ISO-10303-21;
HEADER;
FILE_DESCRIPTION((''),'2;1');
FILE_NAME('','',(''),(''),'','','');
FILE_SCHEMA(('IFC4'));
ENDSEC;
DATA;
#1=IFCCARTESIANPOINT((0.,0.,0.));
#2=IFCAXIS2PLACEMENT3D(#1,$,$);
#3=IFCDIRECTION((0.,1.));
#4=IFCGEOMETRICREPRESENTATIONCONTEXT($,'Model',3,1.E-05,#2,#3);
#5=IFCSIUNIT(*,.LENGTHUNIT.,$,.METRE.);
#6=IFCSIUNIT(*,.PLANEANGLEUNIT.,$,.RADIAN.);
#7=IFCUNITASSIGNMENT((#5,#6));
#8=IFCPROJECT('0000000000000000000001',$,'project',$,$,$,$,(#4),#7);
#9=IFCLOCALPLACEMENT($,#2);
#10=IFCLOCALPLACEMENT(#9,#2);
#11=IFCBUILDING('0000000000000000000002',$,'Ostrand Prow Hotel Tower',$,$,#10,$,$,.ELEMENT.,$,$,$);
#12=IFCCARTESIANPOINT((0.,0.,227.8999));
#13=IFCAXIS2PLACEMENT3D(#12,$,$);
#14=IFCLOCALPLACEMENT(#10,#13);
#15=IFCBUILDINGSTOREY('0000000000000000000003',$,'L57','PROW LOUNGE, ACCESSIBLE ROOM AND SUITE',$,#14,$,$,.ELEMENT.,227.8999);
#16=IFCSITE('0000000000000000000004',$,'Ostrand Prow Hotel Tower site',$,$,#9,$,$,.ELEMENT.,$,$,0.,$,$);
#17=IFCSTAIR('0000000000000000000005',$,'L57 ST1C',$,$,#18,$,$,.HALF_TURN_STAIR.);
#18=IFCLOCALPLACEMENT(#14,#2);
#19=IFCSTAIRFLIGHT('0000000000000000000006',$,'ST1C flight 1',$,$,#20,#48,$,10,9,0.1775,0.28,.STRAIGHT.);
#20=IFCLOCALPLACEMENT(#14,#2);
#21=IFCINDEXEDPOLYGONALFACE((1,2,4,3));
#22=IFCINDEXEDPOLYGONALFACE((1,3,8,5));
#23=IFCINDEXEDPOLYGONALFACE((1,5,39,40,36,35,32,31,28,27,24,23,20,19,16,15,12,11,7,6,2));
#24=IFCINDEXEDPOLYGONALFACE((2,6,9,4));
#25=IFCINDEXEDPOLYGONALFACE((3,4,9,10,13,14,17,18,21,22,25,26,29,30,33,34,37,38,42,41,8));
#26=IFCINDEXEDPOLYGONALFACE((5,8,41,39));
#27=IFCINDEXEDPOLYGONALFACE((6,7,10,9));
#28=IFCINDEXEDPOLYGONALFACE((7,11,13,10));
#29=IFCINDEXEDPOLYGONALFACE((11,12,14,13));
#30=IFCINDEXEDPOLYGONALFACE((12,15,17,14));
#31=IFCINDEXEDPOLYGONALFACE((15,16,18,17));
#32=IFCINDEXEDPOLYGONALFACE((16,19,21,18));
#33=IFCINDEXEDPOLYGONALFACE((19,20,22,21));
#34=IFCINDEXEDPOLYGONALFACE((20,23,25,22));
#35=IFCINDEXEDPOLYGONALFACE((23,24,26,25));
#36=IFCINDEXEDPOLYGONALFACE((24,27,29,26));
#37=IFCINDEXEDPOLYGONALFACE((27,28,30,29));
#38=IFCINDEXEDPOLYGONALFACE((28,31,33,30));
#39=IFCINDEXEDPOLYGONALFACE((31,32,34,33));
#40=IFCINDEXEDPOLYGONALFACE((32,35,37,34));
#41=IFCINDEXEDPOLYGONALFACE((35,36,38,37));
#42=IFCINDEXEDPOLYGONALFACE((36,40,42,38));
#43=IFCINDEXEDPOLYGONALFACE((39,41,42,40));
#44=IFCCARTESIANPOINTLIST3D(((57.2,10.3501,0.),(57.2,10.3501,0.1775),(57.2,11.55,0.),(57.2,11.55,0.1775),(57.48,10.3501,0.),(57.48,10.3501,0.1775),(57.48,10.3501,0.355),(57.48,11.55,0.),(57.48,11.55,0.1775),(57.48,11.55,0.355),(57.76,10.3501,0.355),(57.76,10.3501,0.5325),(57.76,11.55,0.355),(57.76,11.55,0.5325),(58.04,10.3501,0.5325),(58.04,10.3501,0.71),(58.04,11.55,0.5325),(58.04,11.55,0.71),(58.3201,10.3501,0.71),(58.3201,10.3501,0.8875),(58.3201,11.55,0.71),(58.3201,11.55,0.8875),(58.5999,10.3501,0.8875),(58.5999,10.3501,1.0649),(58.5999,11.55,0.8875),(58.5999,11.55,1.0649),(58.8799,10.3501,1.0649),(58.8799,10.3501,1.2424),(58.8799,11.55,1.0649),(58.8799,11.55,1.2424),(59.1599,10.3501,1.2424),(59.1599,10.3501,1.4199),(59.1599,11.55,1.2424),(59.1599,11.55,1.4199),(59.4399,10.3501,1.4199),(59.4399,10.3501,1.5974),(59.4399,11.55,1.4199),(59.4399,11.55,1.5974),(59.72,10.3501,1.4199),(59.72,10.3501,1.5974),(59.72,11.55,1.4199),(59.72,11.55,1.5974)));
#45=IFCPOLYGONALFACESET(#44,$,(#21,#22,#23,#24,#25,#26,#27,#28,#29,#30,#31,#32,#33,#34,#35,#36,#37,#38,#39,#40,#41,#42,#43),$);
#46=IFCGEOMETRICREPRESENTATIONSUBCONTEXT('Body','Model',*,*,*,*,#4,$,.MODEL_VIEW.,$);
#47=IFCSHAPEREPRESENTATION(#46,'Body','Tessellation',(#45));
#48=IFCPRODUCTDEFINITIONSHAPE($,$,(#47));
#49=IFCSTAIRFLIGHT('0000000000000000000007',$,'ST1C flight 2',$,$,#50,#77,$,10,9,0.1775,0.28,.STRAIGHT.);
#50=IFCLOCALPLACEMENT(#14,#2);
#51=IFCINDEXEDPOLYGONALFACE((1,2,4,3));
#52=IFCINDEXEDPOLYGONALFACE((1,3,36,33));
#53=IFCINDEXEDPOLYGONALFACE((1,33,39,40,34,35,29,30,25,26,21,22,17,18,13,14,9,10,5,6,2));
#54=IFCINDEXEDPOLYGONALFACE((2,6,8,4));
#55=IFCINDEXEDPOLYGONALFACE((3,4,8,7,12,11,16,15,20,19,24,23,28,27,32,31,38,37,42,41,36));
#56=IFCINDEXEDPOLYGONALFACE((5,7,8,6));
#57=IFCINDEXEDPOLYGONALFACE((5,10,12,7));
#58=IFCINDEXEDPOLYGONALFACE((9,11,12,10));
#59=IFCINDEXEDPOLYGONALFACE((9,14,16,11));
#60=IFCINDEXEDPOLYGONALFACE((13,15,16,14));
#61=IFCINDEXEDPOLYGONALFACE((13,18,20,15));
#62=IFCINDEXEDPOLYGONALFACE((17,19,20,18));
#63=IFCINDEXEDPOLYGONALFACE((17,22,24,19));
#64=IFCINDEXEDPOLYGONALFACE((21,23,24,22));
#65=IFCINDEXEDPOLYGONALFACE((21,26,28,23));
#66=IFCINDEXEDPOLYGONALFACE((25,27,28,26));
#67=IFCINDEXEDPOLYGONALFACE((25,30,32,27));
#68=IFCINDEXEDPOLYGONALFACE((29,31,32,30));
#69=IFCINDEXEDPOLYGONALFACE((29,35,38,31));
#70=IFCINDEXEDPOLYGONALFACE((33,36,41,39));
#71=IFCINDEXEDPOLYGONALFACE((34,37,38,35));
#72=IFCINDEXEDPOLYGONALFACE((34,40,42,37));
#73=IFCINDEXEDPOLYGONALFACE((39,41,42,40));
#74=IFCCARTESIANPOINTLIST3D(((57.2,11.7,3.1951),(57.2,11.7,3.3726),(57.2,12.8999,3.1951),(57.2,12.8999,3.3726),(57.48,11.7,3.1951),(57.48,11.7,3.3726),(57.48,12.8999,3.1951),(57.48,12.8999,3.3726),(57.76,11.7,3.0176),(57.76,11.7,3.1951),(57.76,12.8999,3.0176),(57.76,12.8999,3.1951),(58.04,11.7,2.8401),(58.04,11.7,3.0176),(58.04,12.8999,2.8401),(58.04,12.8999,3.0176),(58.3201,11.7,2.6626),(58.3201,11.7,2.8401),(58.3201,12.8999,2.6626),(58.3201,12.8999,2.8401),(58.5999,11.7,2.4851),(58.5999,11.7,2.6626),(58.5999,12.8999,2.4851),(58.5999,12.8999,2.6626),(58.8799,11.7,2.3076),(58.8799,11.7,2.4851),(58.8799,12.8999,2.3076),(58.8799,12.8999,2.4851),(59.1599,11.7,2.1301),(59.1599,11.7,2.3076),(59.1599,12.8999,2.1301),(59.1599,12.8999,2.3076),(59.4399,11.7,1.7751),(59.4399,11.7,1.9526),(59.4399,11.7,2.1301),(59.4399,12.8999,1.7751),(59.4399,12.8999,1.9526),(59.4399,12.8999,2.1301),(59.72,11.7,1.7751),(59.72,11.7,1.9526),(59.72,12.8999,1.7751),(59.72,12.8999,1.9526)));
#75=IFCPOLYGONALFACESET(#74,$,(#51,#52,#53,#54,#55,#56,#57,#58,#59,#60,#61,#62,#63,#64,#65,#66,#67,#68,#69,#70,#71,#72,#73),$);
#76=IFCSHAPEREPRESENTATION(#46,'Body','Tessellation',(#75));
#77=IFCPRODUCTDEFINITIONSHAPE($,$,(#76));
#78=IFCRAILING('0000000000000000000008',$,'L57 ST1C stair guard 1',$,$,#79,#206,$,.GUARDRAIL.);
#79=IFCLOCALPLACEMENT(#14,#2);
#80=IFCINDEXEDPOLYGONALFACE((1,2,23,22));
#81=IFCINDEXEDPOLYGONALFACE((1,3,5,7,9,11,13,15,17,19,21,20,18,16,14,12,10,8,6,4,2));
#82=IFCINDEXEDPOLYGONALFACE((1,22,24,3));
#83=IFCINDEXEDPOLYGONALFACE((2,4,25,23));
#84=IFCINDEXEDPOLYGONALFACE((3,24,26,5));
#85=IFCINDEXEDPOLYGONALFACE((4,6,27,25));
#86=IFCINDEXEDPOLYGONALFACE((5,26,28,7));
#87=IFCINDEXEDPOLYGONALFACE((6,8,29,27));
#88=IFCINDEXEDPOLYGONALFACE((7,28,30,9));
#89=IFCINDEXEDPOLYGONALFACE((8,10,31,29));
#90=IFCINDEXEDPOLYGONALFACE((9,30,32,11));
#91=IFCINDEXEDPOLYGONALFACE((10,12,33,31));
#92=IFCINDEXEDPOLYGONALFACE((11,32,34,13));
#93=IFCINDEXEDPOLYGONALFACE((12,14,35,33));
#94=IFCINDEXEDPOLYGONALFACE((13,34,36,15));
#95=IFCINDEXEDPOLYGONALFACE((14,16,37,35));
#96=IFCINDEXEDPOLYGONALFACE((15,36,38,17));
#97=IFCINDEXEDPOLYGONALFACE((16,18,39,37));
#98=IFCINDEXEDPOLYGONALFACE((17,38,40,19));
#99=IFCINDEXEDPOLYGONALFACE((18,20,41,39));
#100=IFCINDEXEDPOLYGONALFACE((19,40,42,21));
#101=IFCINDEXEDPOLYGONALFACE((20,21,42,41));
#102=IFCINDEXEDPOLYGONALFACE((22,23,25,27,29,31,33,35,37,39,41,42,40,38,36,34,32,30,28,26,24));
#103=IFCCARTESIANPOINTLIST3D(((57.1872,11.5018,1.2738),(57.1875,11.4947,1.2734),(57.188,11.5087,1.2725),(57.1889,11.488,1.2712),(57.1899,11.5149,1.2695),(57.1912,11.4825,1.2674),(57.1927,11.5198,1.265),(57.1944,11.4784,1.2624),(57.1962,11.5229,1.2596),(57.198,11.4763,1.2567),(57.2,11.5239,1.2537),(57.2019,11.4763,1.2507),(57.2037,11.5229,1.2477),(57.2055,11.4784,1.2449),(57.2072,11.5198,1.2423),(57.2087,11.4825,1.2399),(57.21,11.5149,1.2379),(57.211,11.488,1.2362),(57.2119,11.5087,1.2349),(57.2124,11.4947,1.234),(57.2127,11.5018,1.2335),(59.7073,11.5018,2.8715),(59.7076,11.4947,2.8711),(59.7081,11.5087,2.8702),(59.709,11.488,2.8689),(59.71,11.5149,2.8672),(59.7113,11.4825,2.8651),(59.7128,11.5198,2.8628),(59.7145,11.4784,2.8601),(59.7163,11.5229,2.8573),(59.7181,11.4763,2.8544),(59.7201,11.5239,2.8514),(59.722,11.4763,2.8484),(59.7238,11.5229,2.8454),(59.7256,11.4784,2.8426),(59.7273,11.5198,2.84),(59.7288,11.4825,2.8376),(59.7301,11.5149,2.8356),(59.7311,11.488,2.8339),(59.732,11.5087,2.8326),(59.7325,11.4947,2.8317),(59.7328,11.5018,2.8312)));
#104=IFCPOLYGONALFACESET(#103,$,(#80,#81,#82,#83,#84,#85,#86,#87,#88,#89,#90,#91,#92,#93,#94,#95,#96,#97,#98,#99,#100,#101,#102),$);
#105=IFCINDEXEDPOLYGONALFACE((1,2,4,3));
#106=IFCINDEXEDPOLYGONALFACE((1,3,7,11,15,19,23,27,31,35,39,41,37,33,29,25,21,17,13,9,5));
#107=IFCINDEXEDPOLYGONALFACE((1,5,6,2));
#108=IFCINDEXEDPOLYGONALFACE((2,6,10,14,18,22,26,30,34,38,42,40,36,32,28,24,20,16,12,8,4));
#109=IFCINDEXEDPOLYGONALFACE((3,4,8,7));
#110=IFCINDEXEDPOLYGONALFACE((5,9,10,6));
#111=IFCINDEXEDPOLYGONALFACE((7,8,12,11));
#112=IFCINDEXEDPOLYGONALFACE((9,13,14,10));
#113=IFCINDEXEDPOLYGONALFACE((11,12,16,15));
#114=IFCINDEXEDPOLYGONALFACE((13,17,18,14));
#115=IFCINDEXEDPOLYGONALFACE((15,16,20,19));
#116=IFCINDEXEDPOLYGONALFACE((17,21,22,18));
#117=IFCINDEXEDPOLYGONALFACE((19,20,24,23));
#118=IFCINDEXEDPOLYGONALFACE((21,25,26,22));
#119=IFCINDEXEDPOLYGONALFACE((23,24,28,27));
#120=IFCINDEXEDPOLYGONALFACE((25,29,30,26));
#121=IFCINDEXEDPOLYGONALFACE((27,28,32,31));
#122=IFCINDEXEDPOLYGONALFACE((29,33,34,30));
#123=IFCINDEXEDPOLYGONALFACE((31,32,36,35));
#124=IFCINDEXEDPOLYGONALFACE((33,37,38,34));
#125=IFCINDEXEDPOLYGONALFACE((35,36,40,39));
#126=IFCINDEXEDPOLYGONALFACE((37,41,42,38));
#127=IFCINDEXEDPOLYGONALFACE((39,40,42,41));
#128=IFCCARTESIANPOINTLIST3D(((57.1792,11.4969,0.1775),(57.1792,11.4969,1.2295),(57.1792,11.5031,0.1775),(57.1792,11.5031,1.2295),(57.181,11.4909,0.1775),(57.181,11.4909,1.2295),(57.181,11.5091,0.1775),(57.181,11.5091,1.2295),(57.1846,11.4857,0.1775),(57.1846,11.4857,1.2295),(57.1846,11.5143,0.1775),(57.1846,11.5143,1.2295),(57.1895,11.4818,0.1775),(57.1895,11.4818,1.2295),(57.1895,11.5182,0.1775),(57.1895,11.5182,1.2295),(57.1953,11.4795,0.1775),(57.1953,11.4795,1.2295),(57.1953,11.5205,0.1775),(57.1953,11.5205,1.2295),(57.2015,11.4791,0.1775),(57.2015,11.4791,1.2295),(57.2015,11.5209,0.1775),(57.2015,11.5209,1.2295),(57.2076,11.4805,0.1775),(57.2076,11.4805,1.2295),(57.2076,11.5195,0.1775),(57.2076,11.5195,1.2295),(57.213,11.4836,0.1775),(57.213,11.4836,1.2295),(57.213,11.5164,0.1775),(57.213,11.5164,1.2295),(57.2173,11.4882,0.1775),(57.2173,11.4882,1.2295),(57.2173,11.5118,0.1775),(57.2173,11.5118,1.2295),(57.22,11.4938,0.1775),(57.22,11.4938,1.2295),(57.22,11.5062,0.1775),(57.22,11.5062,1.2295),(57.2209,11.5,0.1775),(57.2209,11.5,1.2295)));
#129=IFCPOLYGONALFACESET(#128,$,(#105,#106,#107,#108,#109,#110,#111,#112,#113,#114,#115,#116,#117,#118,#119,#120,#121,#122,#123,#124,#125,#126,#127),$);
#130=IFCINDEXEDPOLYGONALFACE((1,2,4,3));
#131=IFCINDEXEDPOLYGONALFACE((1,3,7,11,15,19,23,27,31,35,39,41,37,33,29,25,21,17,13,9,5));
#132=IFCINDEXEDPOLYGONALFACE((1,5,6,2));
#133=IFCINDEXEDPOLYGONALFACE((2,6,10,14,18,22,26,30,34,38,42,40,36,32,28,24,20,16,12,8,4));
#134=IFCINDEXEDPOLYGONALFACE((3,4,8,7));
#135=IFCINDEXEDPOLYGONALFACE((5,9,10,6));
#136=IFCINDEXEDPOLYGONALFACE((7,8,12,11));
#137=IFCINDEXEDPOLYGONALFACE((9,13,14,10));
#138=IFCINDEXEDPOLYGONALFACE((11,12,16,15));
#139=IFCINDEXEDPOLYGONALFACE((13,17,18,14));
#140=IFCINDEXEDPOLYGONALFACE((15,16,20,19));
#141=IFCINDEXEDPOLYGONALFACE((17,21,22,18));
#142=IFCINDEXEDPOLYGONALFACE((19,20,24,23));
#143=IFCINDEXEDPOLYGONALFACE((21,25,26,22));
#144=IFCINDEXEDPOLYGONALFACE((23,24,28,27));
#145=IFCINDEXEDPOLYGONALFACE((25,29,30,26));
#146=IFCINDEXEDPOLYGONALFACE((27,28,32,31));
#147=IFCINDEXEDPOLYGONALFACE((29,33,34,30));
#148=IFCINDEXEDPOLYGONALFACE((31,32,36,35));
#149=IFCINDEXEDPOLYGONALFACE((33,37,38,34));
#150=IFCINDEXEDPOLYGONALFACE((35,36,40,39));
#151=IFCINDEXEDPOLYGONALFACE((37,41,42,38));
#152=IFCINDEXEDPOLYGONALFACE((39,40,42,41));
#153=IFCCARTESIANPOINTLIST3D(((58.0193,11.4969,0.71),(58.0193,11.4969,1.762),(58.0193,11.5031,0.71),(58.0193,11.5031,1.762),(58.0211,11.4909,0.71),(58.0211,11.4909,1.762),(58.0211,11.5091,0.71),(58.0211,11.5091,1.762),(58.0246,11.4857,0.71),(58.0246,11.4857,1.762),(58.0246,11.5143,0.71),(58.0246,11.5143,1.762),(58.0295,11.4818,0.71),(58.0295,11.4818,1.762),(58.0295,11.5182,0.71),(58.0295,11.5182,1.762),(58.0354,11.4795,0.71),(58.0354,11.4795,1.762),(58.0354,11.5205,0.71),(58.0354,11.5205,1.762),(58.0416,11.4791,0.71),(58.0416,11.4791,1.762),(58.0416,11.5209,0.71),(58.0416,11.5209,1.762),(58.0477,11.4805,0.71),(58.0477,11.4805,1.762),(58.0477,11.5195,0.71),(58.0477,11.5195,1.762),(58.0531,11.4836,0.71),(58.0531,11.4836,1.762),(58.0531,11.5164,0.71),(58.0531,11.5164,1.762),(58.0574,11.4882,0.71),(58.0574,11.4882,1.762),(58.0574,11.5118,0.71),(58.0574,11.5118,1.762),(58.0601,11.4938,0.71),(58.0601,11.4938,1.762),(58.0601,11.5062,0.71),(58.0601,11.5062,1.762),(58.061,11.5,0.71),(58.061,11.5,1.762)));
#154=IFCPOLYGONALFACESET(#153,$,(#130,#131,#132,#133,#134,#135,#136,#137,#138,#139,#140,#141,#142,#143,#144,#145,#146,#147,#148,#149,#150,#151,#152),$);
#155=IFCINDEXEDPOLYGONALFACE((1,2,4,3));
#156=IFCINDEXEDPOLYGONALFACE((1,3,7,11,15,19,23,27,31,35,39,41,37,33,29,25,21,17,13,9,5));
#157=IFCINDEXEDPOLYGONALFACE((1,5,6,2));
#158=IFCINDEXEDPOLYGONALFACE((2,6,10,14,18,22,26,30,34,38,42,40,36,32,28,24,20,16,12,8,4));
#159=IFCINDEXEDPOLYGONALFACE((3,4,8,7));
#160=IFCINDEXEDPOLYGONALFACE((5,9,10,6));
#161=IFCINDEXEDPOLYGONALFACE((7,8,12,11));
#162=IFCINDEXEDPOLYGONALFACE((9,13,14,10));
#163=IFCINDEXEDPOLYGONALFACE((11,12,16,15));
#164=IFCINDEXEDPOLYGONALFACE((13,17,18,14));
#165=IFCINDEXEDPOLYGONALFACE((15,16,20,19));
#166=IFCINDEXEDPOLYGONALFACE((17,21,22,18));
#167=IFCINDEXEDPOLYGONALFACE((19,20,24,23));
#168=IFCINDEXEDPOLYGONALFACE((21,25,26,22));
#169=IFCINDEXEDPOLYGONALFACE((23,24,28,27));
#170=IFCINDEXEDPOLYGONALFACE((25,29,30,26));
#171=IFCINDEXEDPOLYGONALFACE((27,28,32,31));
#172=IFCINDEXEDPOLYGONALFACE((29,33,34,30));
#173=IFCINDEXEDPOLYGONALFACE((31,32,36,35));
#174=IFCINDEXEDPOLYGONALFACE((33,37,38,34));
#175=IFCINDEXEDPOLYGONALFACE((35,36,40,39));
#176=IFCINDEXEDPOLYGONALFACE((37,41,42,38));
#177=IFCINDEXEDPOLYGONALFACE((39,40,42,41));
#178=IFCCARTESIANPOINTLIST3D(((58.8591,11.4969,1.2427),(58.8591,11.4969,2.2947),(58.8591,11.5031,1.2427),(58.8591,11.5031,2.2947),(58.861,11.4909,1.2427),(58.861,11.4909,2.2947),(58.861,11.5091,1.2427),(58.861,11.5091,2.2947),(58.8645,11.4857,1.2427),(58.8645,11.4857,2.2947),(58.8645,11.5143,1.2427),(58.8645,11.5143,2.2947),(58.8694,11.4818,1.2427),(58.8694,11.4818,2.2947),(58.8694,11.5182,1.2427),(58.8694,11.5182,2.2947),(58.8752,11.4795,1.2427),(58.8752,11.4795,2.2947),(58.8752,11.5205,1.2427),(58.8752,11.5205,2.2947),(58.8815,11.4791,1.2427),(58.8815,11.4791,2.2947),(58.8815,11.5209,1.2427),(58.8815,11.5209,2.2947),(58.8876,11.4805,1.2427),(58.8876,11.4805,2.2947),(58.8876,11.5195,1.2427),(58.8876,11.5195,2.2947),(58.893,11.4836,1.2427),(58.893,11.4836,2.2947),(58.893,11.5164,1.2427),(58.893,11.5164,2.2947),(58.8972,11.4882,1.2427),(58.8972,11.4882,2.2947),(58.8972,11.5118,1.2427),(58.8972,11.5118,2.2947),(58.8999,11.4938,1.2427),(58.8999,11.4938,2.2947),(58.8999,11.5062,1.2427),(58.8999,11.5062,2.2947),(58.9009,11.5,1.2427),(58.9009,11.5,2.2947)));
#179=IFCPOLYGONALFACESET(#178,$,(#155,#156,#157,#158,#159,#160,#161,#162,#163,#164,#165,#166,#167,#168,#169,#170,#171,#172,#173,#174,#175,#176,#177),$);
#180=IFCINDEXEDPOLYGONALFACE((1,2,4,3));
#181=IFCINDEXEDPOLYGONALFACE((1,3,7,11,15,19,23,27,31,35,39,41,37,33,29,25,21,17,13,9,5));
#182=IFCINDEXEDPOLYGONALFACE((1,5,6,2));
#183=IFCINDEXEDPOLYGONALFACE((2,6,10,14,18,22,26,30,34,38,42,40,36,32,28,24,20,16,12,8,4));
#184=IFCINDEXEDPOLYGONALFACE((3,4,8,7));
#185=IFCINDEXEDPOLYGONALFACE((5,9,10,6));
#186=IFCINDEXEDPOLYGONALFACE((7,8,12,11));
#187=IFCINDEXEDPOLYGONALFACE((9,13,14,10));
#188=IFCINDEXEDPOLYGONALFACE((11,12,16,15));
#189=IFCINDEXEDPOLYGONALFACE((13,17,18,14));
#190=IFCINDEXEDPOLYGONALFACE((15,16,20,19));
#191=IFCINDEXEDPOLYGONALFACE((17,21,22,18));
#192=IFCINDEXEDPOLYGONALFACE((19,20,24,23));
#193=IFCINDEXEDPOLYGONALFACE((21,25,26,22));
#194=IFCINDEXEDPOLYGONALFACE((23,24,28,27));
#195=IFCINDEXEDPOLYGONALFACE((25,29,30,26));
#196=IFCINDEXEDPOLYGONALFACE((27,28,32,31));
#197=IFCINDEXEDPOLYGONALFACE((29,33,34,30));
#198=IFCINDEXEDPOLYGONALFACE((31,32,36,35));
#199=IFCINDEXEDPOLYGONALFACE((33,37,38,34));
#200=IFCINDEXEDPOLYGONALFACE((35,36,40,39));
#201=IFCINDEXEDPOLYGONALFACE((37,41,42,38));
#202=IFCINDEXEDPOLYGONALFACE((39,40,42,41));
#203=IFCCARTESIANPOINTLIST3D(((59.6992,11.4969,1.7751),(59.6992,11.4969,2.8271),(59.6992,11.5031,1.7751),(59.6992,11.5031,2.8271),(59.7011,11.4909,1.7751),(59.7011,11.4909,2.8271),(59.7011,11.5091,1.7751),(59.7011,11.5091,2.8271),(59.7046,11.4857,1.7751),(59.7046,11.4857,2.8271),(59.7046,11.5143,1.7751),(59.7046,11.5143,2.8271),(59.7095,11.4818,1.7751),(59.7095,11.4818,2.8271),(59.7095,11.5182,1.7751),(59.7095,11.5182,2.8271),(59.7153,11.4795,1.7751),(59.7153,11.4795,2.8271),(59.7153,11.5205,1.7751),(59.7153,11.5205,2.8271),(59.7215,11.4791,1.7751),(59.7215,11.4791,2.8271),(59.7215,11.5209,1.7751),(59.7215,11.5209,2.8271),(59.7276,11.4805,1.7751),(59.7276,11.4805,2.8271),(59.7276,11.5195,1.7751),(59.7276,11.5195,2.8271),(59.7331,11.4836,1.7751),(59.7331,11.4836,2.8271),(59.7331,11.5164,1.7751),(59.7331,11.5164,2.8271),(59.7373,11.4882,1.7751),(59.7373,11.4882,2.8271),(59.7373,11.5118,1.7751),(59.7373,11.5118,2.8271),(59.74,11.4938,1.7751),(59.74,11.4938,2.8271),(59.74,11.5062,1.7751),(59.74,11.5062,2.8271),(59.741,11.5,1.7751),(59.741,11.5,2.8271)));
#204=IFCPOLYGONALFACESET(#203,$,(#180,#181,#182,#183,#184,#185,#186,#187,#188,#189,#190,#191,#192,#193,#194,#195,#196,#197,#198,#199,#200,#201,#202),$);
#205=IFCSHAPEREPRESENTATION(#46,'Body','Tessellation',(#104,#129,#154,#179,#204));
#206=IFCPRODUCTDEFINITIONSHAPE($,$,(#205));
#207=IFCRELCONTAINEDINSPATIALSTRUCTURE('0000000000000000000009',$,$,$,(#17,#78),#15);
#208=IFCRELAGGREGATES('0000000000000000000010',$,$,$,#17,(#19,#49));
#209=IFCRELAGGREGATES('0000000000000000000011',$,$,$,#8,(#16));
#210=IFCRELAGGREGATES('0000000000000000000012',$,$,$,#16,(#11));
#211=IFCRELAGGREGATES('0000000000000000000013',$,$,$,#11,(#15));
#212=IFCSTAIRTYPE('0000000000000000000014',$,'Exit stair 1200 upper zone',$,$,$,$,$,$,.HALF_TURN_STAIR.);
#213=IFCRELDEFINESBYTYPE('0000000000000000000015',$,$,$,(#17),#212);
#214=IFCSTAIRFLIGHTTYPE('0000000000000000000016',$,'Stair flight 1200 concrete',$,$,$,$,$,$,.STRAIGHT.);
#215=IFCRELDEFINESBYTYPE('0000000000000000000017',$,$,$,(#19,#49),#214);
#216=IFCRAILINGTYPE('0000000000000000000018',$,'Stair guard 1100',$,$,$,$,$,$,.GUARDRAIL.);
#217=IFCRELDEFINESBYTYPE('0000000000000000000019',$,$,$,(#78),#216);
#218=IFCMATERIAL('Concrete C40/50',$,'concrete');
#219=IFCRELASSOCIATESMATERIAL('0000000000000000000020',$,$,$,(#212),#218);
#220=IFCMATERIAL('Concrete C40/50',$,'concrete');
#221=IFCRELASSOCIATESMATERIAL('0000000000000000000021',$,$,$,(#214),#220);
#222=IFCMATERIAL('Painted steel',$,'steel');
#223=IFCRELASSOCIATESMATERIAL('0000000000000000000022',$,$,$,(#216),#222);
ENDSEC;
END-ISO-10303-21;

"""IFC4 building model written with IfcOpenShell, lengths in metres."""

from ifc_helpers import new_model, si_unit, direction, frame, origin, origin_2d, place, context, subcontext, project, spatial, polyline, circle, outline, extrude, material, type_object, element, aggregate, save


model = new_model("IFC4")

# Units and contexts
model_context = context("Model", 3, precision=1e-05, world=origin(), true_north=direction((0.0, 1.0)))
body_context = subcontext(model_context, "Body", "Model", "MODEL_VIEW")
ifc_project = project(units=[si_unit("LENGTHUNIT", "METRE"), si_unit("PLANEANGLEUNIT", "RADIAN")], contexts=[model_context])

# Site, building, storey
site_placement = place(None, origin())
site = spatial("IfcSite", under=ifc_project, at=site_placement, Name="Ostrand Prow Hotel Tower site", CompositionType="ELEMENT", RefElevation=0.0)
building_placement = place(site_placement, origin())
building = spatial("IfcBuilding", under=site, at=building_placement, Name="Ostrand Prow Hotel Tower", CompositionType="ELEMENT")
storey_placement = place(building_placement, frame((0.0, 0.0, 227.8999)))
storey = spatial("IfcBuildingStorey", under=building, at=storey_placement, Name="L57", Description="PROW LOUNGE, ACCESSIBLE ROOM AND SUITE", CompositionType="ELEMENT", Elevation=227.8999)

# Stair, stair flights
ifc_material_1 = material(Name="Concrete C40/50", Category="concrete")
stair_type = type_object("IfcStairType", Name="Exit stair 1200 upper zone", PredefinedType="HALF_TURN_STAIR", material=ifc_material_1)
stair_placement = place(storey_placement, origin())
stair = element("IfcStair", 1, at=stair_placement, inside=storey, type_object=stair_type, Name="L57 ST1C", PredefinedType="HALF_TURN_STAIR")
ifc_material_2 = material(Name="Concrete C40/50", Category="concrete")
stair_flight_type = type_object("IfcStairFlightType", Name="Stair flight 1200 concrete", PredefinedType="STRAIGHT", material=ifc_material_2)
stair_flight_1_placement = place(storey_placement, frame((57.2, 10.95, 0.0), z_axis=(0.0, 0.0, 1.0), x_axis=(1.0, 0.0, 0.0)))
stair_flight_1 = element("IfcStairFlight", 2, at=stair_flight_1_placement, type_object=stair_flight_type, Name="ST1C flight 1", NumberOfRisers=10, NumberOfTreads=9, PredefinedType="STRAIGHT", RiserHeight=0.1775, TreadLength=0.28, context=body_context, shape_type="SweptSolid", body=[
    extrude(outline(polyline([(0.0, 0.0), (0.0, 0.1775), (0.28, 0.1775), (0.28, 0.355), (0.5601, 0.355), (0.5601, 0.5325), (0.8401, 0.5325), (0.8401, 0.71), (1.1201, 0.71), (1.1201, 0.8875), (1.3999, 0.8875), (1.3999, 1.0649), (1.6799, 1.0649), (1.6799, 1.2424), (1.96, 1.2424), (1.96, 1.4199), (2.24, 1.4199), (2.24, 1.5974), (2.52, 1.5974), (2.52, 1.7749), (2.52, 1.4199), (0.28, 0.0), (0.0, 0.0)])), frame((0.0, 0.6001, 0.0), z_axis=(0.0, -1.0, 0.0), x_axis=(1.0, 0.0, 0.0)), (0.0, 0.0, 1.0), 1.2),
])
stair_flight_2_placement = place(storey_placement, frame((59.72, 12.3, 1.7751), z_axis=(0.0, 0.0, 1.0), x_axis=(-1.0, 0.0, 0.0)))
stair_flight_2 = element("IfcStairFlight", 3, at=stair_flight_2_placement, type_object=stair_flight_type, Name="ST1C flight 2", NumberOfRisers=10, NumberOfTreads=9, PredefinedType="STRAIGHT", RiserHeight=0.1775, TreadLength=0.28, context=body_context, shape_type="SweptSolid", body=[
    extrude(outline(polyline([(0.0, 0.0), (0.0, 0.1775), (0.28, 0.1775), (0.28, 0.355), (0.5601, 0.355), (0.5601, 0.5325), (0.8401, 0.5325), (0.8401, 0.71), (1.1201, 0.71), (1.1201, 0.8875), (1.3999, 0.8875), (1.3999, 1.0649), (1.6799, 1.0649), (1.6799, 1.2424), (1.96, 1.2424), (1.96, 1.4199), (2.24, 1.4199), (2.24, 1.5974), (2.52, 1.5974), (2.52, 1.7749), (2.52, 1.4199), (0.28, 0.0), (0.0, 0.0)])), frame((0.0, 0.6001, 0.0), z_axis=(0.0, -1.0, 0.0), x_axis=(1.0, 0.0, 0.0)), (0.0, 0.0, 1.0), 1.2),
])
aggregate(stair, [stair_flight_1, stair_flight_2])

# Railing
ifc_material_3 = material(Name="Painted steel", Category="steel")
railing_type_1 = type_object("IfcRailingType", Name="Stair guard 1100", PredefinedType="GUARDRAIL", material=ifc_material_3)
railing_1_placement = place(storey_placement, frame((57.2, 11.5, 0.1775)))
element("IfcRailing", 4, at=railing_1_placement, inside=storey, type_object=railing_type_1, Name="L57 ST1C stair guard 1", PredefinedType="GUARDRAIL", context=body_context, shape_type="SweptSolid", body=[
    extrude(circle(Radius=0.0239, at=origin_2d()), frame((0.0, 0.0, 1.0762), z_axis=(0.84457, 0.0, 0.535445), x_axis=(0.0, 1.0, 0.0)), (0.0, 0.0, 1.0), 2.9839),
    extrude(circle(Radius=0.021, at=origin_2d()), origin(), (0.0, 0.0, 1.0), 1.052),
    extrude(circle(Radius=0.021, at=origin_2d()), frame((0.8401, 0.0, 0.5325)), (0.0, 0.0, 1.0), 1.052),
    extrude(circle(Radius=0.021, at=origin_2d()), frame((1.6799, 0.0, 1.0652)), (0.0, 0.0, 1.0), 1.052),
    extrude(circle(Radius=0.021, at=origin_2d()), frame((2.52, 0.0, 1.5977)), (0.0, 0.0, 1.0), 1.052),
])

save(model, "model.ifc")
